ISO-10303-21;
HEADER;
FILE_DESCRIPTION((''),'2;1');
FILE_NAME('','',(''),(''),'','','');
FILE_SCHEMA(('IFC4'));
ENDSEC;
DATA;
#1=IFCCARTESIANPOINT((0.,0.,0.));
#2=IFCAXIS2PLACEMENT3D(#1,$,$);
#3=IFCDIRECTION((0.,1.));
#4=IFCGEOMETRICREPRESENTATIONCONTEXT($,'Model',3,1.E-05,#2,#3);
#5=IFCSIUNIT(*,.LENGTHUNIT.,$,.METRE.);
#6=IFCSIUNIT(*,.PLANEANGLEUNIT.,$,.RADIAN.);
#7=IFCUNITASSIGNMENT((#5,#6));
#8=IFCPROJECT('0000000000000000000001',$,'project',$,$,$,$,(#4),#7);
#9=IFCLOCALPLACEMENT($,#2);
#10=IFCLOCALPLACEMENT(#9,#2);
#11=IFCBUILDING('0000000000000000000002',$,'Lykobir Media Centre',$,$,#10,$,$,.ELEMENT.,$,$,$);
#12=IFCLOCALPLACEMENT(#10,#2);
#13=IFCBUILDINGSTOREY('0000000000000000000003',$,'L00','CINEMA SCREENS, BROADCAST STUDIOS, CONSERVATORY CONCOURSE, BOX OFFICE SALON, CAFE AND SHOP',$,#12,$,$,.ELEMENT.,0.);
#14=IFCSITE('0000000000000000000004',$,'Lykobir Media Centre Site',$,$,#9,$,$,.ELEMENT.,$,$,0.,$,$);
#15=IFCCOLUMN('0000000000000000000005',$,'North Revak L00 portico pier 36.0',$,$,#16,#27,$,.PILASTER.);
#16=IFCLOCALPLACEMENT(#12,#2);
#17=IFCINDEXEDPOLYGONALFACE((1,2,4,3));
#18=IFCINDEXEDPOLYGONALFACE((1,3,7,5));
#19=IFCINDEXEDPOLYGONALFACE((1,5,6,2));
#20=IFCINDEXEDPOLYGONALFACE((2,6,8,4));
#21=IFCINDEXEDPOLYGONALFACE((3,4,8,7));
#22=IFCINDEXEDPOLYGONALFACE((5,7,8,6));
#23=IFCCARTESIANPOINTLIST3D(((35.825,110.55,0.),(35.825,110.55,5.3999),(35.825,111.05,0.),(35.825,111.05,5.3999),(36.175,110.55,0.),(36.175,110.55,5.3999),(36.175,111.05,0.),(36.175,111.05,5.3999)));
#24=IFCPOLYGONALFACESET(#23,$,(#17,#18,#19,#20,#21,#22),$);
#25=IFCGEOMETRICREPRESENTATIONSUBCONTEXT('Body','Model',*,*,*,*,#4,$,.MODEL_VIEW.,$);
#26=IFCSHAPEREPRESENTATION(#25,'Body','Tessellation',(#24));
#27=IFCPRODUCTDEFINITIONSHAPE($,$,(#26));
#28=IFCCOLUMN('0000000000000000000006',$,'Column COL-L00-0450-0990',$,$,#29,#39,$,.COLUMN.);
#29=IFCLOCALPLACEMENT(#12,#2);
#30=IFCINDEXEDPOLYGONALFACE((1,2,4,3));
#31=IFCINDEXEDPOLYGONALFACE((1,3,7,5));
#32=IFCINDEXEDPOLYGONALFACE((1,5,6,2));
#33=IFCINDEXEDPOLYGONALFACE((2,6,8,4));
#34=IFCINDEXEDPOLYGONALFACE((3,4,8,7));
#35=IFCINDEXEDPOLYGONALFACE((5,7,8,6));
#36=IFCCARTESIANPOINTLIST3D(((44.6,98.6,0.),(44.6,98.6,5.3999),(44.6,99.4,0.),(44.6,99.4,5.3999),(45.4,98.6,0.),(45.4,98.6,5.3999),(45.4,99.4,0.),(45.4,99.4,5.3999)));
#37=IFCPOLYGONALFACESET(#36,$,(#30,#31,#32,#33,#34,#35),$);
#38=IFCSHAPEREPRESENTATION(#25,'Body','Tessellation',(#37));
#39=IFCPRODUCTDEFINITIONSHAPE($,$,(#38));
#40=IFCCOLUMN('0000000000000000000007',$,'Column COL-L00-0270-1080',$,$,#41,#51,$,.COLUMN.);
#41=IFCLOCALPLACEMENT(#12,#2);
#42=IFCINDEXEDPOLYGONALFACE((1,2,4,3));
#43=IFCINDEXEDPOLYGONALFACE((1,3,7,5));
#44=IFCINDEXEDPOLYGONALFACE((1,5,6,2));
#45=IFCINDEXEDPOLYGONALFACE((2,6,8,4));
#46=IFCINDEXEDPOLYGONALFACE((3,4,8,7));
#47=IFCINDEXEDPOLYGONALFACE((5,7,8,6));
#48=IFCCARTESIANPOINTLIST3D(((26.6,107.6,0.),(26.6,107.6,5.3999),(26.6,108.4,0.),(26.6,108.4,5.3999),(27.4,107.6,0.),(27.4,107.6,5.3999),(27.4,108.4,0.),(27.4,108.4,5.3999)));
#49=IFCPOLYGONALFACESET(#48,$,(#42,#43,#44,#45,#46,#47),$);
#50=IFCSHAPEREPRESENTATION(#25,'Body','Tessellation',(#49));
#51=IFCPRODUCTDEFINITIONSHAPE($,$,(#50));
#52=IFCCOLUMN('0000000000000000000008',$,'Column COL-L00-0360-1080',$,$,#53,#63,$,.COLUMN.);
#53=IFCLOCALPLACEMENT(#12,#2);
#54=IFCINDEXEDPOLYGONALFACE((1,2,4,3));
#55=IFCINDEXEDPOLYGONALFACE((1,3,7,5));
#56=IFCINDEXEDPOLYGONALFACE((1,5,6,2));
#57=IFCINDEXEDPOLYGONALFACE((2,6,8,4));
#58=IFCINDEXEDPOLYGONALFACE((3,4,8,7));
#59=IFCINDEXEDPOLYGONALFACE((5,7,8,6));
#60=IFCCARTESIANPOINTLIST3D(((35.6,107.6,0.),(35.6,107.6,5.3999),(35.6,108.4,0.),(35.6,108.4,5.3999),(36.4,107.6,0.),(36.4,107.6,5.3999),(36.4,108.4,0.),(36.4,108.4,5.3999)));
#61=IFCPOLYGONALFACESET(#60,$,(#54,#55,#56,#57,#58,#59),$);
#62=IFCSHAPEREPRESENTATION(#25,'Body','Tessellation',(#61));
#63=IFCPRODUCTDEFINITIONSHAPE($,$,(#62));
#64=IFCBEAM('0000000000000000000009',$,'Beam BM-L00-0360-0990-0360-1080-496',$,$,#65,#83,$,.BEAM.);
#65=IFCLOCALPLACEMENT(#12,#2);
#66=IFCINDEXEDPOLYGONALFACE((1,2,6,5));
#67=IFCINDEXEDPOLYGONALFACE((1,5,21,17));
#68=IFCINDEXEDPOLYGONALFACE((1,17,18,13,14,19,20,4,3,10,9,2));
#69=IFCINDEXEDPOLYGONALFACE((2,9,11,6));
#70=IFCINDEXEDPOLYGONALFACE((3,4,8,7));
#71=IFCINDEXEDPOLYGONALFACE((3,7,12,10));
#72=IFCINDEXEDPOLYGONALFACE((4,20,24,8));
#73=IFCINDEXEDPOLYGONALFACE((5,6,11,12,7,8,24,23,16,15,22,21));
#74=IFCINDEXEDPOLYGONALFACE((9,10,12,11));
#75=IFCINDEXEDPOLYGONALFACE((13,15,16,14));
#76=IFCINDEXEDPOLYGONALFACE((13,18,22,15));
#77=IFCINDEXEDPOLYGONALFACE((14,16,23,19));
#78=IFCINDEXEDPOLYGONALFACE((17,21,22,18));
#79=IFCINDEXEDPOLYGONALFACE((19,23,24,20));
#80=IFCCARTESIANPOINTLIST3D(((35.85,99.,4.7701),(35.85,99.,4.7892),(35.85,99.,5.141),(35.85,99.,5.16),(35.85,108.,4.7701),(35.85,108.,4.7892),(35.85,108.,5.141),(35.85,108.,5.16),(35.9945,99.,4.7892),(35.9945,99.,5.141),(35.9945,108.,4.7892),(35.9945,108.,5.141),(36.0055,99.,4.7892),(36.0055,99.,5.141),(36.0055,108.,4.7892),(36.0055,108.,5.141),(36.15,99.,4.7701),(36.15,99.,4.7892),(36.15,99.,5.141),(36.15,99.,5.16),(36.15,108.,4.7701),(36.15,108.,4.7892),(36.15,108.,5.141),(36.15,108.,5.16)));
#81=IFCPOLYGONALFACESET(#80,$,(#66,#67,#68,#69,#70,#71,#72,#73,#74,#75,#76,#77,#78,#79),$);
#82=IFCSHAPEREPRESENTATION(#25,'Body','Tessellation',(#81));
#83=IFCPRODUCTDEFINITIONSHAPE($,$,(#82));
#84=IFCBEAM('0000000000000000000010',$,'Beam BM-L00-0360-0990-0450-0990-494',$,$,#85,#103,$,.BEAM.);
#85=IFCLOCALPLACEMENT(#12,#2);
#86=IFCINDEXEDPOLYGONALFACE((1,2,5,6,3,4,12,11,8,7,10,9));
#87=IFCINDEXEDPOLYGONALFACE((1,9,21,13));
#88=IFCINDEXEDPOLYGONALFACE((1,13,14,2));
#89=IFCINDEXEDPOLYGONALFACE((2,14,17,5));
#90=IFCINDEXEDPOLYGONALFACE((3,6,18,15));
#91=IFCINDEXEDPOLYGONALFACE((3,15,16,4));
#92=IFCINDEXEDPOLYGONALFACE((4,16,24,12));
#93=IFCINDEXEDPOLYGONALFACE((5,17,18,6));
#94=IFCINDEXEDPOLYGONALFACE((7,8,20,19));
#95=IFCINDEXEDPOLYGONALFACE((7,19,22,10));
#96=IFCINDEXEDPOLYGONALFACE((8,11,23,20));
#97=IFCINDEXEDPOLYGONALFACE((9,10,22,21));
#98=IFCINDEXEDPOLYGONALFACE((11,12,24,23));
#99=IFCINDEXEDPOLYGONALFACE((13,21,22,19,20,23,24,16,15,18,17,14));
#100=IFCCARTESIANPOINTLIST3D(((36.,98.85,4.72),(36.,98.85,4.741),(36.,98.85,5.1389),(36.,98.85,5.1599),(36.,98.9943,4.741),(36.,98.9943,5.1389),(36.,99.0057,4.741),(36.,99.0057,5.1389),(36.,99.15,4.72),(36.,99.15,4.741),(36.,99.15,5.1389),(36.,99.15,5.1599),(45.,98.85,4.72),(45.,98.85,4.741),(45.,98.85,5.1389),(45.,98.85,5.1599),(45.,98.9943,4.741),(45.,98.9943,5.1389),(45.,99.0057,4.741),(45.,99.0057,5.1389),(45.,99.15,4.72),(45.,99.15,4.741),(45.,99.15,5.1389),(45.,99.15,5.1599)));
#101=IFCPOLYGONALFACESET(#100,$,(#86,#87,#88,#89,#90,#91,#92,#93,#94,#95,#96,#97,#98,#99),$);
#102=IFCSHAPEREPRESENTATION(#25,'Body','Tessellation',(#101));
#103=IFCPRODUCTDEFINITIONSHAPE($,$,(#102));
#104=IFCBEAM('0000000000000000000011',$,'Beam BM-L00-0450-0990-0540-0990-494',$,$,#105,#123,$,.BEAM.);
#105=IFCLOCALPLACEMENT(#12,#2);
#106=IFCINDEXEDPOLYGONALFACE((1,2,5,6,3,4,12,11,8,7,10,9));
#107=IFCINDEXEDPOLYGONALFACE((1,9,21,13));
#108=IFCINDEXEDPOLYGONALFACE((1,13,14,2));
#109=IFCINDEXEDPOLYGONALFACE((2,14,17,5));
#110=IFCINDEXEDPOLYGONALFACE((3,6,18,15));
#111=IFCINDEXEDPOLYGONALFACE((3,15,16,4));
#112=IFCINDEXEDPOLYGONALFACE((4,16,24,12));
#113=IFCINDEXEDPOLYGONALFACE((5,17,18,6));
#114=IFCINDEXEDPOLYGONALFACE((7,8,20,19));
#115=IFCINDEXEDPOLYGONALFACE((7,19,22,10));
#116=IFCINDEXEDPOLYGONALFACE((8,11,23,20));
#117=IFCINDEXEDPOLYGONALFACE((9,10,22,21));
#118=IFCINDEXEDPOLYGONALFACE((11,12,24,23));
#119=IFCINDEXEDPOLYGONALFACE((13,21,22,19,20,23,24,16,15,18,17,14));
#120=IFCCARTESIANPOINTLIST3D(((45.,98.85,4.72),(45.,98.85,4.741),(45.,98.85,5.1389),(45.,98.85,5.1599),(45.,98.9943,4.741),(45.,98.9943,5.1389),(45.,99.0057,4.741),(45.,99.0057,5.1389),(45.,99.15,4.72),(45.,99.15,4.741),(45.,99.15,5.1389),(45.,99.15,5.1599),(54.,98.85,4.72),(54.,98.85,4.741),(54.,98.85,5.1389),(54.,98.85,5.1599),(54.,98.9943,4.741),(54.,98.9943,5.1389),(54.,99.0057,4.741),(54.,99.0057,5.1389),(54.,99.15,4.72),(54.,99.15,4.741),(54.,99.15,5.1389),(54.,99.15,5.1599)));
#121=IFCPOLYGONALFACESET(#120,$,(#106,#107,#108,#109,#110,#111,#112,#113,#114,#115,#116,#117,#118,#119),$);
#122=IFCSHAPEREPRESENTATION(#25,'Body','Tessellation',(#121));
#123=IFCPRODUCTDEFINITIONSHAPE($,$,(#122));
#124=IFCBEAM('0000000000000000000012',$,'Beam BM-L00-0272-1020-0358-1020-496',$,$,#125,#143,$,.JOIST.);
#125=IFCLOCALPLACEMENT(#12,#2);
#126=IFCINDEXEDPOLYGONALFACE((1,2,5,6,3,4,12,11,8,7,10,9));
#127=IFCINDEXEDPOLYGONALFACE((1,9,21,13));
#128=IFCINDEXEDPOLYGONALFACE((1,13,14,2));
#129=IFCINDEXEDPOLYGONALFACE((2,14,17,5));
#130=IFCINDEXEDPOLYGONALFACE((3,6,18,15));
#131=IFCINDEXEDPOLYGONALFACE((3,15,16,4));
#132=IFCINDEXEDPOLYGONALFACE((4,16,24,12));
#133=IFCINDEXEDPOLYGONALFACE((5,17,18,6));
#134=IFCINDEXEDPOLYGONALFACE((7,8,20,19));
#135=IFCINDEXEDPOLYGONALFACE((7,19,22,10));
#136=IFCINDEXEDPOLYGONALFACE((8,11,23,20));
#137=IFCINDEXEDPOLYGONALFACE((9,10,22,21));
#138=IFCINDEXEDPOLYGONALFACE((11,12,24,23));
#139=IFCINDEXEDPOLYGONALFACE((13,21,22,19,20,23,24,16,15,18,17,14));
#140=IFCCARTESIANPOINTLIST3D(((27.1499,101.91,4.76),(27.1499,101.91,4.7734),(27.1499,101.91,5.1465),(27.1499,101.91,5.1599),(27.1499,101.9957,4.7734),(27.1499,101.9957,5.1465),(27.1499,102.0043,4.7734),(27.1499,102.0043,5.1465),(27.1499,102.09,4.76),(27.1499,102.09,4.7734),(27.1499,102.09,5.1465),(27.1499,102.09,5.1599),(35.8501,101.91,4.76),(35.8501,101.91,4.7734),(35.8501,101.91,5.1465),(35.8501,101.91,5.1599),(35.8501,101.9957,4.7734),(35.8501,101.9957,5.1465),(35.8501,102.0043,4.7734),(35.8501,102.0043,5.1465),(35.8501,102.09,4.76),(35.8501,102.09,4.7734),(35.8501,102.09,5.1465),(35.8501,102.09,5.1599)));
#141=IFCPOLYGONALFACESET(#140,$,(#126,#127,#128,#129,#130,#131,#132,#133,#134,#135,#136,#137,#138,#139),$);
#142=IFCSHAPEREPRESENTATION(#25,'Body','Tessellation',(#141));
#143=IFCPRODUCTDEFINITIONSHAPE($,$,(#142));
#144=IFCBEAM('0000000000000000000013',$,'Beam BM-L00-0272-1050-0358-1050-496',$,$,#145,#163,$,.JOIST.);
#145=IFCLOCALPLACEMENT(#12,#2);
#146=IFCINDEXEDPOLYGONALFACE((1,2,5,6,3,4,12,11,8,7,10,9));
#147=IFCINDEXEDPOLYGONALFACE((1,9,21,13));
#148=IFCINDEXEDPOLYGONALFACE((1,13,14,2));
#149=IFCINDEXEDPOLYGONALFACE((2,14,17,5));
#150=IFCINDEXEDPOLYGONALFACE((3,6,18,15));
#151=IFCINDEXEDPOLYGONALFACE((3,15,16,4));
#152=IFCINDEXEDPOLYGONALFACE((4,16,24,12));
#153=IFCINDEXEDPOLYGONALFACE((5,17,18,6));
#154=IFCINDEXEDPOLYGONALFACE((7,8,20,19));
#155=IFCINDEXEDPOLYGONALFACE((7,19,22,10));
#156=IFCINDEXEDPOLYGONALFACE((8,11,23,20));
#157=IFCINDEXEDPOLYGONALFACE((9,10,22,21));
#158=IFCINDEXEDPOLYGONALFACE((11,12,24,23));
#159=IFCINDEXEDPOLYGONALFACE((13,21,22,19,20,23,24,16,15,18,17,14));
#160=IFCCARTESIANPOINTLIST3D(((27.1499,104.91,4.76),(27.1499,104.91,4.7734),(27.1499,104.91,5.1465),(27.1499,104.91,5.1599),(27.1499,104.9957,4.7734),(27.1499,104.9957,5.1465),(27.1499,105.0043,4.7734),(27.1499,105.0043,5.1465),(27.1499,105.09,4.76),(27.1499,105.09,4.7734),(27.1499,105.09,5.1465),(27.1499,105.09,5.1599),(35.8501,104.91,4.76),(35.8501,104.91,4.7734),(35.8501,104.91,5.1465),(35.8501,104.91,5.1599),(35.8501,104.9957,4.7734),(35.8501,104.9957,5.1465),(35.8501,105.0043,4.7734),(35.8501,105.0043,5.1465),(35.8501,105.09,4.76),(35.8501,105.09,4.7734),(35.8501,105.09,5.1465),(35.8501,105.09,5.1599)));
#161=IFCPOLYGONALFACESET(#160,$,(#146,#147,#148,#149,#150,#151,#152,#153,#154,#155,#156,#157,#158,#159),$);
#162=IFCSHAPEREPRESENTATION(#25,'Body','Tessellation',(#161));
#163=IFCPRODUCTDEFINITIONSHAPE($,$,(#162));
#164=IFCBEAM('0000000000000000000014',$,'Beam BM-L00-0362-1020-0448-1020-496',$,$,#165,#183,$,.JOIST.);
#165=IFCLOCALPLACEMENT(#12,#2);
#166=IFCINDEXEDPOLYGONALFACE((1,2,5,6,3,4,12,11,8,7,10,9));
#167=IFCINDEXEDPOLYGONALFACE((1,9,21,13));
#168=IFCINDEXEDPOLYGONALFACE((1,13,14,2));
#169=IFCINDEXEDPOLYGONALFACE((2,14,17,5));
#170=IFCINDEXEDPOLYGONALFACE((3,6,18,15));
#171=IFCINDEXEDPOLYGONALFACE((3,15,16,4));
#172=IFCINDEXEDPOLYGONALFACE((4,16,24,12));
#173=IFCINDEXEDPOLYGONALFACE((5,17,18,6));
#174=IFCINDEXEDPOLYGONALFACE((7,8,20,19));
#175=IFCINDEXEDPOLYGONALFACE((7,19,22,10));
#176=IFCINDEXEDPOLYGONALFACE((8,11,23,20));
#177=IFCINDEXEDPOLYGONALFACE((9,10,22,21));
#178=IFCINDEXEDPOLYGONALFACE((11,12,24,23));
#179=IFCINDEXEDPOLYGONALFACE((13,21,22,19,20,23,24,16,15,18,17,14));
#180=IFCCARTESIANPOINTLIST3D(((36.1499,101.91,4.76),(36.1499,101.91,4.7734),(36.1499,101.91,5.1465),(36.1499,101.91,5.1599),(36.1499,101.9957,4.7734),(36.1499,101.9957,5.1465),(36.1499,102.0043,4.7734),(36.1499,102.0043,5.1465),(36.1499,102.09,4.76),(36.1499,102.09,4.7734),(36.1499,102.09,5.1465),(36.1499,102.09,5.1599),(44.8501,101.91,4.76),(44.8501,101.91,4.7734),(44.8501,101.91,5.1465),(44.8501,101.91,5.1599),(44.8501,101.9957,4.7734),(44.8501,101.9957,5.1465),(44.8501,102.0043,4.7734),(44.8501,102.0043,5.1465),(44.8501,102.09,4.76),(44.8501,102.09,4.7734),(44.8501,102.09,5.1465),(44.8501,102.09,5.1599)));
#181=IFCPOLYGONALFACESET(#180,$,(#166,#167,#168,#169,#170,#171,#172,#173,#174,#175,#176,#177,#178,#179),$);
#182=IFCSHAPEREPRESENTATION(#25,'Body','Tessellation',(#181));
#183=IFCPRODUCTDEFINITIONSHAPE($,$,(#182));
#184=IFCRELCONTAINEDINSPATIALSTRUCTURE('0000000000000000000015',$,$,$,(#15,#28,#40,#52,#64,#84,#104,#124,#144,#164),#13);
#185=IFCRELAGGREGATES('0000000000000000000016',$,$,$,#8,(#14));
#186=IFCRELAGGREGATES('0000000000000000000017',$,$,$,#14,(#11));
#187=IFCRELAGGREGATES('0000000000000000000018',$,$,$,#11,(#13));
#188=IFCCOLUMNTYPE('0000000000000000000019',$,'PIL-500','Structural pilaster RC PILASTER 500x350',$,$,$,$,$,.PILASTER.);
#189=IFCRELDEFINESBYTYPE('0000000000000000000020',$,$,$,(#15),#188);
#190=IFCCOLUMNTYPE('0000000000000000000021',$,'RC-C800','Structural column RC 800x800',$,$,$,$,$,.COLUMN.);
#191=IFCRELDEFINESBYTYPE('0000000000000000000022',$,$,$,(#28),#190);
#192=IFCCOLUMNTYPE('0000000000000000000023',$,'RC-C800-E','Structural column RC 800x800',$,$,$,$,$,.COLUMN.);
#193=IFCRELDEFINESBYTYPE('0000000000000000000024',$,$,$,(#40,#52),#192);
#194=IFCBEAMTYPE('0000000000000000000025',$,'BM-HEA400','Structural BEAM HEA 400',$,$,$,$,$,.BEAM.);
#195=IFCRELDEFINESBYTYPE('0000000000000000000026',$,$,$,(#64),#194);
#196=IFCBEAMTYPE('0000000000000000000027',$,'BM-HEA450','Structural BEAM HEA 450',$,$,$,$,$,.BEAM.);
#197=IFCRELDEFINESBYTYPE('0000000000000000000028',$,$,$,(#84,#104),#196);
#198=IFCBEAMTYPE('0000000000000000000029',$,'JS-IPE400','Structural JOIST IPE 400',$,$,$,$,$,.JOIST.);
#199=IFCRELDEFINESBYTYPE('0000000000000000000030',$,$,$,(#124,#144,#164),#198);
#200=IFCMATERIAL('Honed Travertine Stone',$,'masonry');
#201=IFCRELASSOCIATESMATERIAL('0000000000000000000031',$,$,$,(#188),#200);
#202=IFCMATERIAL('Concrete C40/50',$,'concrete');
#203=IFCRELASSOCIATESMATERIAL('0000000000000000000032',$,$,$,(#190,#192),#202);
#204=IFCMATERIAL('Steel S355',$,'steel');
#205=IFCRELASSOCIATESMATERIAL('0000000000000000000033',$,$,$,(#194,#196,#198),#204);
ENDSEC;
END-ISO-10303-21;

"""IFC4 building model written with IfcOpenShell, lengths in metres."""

from ifc_helpers import new_model, si_unit, direction, frame, origin, origin_2d, place, context, subcontext, project, spatial, rectangle, i_section, extrude, material, material_profile, profile_set, type_object, element, save


model = new_model("IFC4")

# Units and contexts
model_context = context("Model", 3, precision=1e-05, world=origin(), true_north=direction((0.0, 1.0)))
body_context = subcontext(model_context, "Body", "Model", "MODEL_VIEW")
ifc_project = project(units=[si_unit("LENGTHUNIT", "METRE"), si_unit("PLANEANGLEUNIT", "RADIAN")], contexts=[model_context])

# Site, building, storey
site_placement = place(None, origin())
site = spatial("IfcSite", under=ifc_project, at=site_placement, Name="Lykobir Media Centre Site", CompositionType="ELEMENT", RefElevation=0.0)
building_placement = place(site_placement, origin())
building = spatial("IfcBuilding", under=site, at=building_placement, Name="Lykobir Media Centre", CompositionType="ELEMENT")
storey_placement = place(building_placement, origin())
storey = spatial("IfcBuildingStorey", under=building, at=storey_placement, Name="L00", Description="CINEMA SCREENS, BROADCAST STUDIOS, CONSERVATORY CONCOURSE, BOX OFFICE SALON, CAFE AND SHOP", CompositionType="ELEMENT", Elevation=0.0)

# Columns
ifc_material_1 = material(Name="Honed Travertine Stone", Category="masonry")
ifc_material_profile_1 = material_profile(ifc_material_1, rectangle(XDim=0.3501, YDim=0.5, at=origin_2d()), Name="RC PILASTER 500x350")
ifc_profile_set_1 = profile_set([ifc_material_profile_1], Name="Honed Travertine Stone")
column_type_1 = type_object("IfcColumnType", Name="PIL-500", Description="Structural pilaster RC PILASTER 500x350", PredefinedType="PILASTER", material=ifc_profile_set_1)
column_1_placement = place(storey_placement, frame((36.0, 110.8, 0.0), z_axis=(0.0, 0.0, 1.0), x_axis=(1.0, 0.0, 0.0)))
element("IfcColumn", 1, at=column_1_placement, inside=storey, type_object=column_type_1, Name="North Revak L00 portico pier 36.0", PredefinedType="PILASTER", context=body_context, shape_type="SweptSolid", body=[
    extrude(rectangle(XDim=0.3501, YDim=0.5, at=origin_2d()), origin(), (0.0, 0.0, 1.0), 5.3999),
])
ifc_material_2 = material(Name="Concrete C40/50", Category="concrete")
ifc_material_profile_2 = material_profile(ifc_material_2, rectangle(XDim=0.8, YDim=0.8, at=origin_2d()), Name="RC 800x800")
ifc_profile_set_2 = profile_set([ifc_material_profile_2], Name="Concrete C40/50")
column_type_2 = type_object("IfcColumnType", Name="RC-C800", Description="Structural column RC 800x800", PredefinedType="COLUMN", material=ifc_profile_set_2)
column_2_placement = place(storey_placement, frame((45.0, 99.0, 0.0), z_axis=(0.0, 0.0, 1.0), x_axis=(1.0, 0.0, 0.0)))
element("IfcColumn", 2, at=column_2_placement, inside=storey, type_object=column_type_2, Name="Column COL-L00-0450-0990", PredefinedType="COLUMN", context=body_context, shape_type="SweptSolid", body=[
    extrude(rectangle(XDim=0.8, YDim=0.8, at=origin_2d()), origin(), (0.0, 0.0, 1.0), 5.3999),
])
ifc_material_profile_3 = material_profile(ifc_material_2, rectangle(XDim=0.8, YDim=0.8, at=origin_2d()), Name="RC 800x800")
ifc_profile_set_3 = profile_set([ifc_material_profile_3], Name="Concrete C40/50")
column_type_3 = type_object("IfcColumnType", Name="RC-C800-E", Description="Structural column RC 800x800", PredefinedType="COLUMN", material=ifc_profile_set_3)
for number, where, z_axis, x_axis, name in (
    (3, (27.0, 108.0, 0.0), (0.0, 0.0, 1.0), (1.0, 0.0, 0.0), "Column COL-L00-0270-1080"),
    (4, (36.0, 108.0, 0.0), (0.0, 0.0, 1.0), (1.0, 0.0, 0.0), "Column COL-L00-0360-1080"),
):
    element("IfcColumn", number, at=place(storey_placement, frame(where, z_axis=z_axis, x_axis=x_axis)), inside=storey, type_object=column_type_3, Name=name, PredefinedType="COLUMN", context=body_context, shape_type="SweptSolid", body=[
        extrude(rectangle(XDim=0.8, YDim=0.8, at=origin_2d()), origin(), (0.0, 0.0, 1.0), 5.3999),
    ])

# Beams
ifc_material_3 = material(Name="Steel S355", Category="steel")
ifc_material_profile_4 = material_profile(ifc_material_3, i_section(OverallWidth=0.3, OverallDepth=0.3899, WebThickness=0.011, FlangeThickness=0.019, at=origin_2d()), Name="HEA 400")
ifc_profile_set_4 = profile_set([ifc_material_profile_4], Name="Steel S355")
beam_type_1 = type_object("IfcBeamType", Name="BM-HEA400", Description="Structural BEAM HEA 400", PredefinedType="BEAM", material=ifc_profile_set_4)
beam_1_placement = place(storey_placement, frame((36.0, 99.0, 4.9651), z_axis=(0.0, 1.0, 0.0), x_axis=(-1.0, 0.0, 0.0)))
element("IfcBeam", 5, at=beam_1_placement, inside=storey, type_object=beam_type_1, Name="Beam BM-L00-0360-0990-0360-1080-496", PredefinedType="BEAM", context=body_context, shape_type="SweptSolid", body=[
    extrude(i_section(OverallWidth=0.3, OverallDepth=0.3899, WebThickness=0.011, FlangeThickness=0.019, at=origin_2d()), origin(), (0.0, 0.0, 1.0), 9.0),
])
ifc_material_profile_5 = material_profile(ifc_material_3, i_section(OverallWidth=0.3, OverallDepth=0.4399, WebThickness=0.0115, FlangeThickness=0.021, at=origin_2d()), Name="HEA 450")
ifc_profile_set_5 = profile_set([ifc_material_profile_5], Name="Steel S355")
beam_type_2 = type_object("IfcBeamType", Name="BM-HEA450", Description="Structural BEAM HEA 450", PredefinedType="BEAM", material=ifc_profile_set_5)
for number, where, z_axis, x_axis, name in (
    (6, (36.0, 99.0, 4.9399), (1.0, 0.0, 0.0), (0.0, 1.0, 0.0), "Beam BM-L00-0360-0990-0450-0990-494"),
    (7, (45.0, 99.0, 4.9399), (1.0, 0.0, 0.0), (0.0, 1.0, 0.0), "Beam BM-L00-0450-0990-0540-0990-494"),
):
    element("IfcBeam", number, at=place(storey_placement, frame(where, z_axis=z_axis, x_axis=x_axis)), inside=storey, type_object=beam_type_2, Name=name, PredefinedType="BEAM", context=body_context, shape_type="SweptSolid", body=[
        extrude(i_section(OverallWidth=0.3, OverallDepth=0.4399, WebThickness=0.0115, FlangeThickness=0.021, at=origin_2d()), origin(), (0.0, 0.0, 1.0), 9.0),
    ])
ifc_material_profile_6 = material_profile(ifc_material_3, i_section(OverallWidth=0.1799, OverallDepth=0.3999, WebThickness=0.0085, FlangeThickness=0.0134, at=origin_2d()), Name="IPE 400")
ifc_profile_set_6 = profile_set([ifc_material_profile_6], Name="Steel S355")
beam_type_3 = type_object("IfcBeamType", Name="JS-IPE400", Description="Structural JOIST IPE 400", PredefinedType="JOIST", material=ifc_profile_set_6)
for number, where, z_axis, x_axis, name in (
    (8, (27.1499, 102.0, 4.96), (1.0, 0.0, 0.0), (0.0, 1.0, 0.0), "Beam BM-L00-0272-1020-0358-1020-496"),
    (9, (27.1499, 105.0, 4.96), (1.0, 0.0, 0.0), (0.0, 1.0, 0.0), "Beam BM-L00-0272-1050-0358-1050-496"),
    (10, (36.1499, 102.0, 4.96), (1.0, 0.0, 0.0), (0.0, 1.0, 0.0), "Beam BM-L00-0362-1020-0448-1020-496"),
):
    element("IfcBeam", number, at=place(storey_placement, frame(where, z_axis=z_axis, x_axis=x_axis)), inside=storey, type_object=beam_type_3, Name=name, PredefinedType="JOIST", context=body_context, shape_type="SweptSolid", body=[
        extrude(i_section(OverallWidth=0.1799, OverallDepth=0.3999, WebThickness=0.0085, FlangeThickness=0.0134, at=origin_2d()), origin(), (0.0, 0.0, 1.0), 8.7002),
    ])

save(model, "model.ifc")
